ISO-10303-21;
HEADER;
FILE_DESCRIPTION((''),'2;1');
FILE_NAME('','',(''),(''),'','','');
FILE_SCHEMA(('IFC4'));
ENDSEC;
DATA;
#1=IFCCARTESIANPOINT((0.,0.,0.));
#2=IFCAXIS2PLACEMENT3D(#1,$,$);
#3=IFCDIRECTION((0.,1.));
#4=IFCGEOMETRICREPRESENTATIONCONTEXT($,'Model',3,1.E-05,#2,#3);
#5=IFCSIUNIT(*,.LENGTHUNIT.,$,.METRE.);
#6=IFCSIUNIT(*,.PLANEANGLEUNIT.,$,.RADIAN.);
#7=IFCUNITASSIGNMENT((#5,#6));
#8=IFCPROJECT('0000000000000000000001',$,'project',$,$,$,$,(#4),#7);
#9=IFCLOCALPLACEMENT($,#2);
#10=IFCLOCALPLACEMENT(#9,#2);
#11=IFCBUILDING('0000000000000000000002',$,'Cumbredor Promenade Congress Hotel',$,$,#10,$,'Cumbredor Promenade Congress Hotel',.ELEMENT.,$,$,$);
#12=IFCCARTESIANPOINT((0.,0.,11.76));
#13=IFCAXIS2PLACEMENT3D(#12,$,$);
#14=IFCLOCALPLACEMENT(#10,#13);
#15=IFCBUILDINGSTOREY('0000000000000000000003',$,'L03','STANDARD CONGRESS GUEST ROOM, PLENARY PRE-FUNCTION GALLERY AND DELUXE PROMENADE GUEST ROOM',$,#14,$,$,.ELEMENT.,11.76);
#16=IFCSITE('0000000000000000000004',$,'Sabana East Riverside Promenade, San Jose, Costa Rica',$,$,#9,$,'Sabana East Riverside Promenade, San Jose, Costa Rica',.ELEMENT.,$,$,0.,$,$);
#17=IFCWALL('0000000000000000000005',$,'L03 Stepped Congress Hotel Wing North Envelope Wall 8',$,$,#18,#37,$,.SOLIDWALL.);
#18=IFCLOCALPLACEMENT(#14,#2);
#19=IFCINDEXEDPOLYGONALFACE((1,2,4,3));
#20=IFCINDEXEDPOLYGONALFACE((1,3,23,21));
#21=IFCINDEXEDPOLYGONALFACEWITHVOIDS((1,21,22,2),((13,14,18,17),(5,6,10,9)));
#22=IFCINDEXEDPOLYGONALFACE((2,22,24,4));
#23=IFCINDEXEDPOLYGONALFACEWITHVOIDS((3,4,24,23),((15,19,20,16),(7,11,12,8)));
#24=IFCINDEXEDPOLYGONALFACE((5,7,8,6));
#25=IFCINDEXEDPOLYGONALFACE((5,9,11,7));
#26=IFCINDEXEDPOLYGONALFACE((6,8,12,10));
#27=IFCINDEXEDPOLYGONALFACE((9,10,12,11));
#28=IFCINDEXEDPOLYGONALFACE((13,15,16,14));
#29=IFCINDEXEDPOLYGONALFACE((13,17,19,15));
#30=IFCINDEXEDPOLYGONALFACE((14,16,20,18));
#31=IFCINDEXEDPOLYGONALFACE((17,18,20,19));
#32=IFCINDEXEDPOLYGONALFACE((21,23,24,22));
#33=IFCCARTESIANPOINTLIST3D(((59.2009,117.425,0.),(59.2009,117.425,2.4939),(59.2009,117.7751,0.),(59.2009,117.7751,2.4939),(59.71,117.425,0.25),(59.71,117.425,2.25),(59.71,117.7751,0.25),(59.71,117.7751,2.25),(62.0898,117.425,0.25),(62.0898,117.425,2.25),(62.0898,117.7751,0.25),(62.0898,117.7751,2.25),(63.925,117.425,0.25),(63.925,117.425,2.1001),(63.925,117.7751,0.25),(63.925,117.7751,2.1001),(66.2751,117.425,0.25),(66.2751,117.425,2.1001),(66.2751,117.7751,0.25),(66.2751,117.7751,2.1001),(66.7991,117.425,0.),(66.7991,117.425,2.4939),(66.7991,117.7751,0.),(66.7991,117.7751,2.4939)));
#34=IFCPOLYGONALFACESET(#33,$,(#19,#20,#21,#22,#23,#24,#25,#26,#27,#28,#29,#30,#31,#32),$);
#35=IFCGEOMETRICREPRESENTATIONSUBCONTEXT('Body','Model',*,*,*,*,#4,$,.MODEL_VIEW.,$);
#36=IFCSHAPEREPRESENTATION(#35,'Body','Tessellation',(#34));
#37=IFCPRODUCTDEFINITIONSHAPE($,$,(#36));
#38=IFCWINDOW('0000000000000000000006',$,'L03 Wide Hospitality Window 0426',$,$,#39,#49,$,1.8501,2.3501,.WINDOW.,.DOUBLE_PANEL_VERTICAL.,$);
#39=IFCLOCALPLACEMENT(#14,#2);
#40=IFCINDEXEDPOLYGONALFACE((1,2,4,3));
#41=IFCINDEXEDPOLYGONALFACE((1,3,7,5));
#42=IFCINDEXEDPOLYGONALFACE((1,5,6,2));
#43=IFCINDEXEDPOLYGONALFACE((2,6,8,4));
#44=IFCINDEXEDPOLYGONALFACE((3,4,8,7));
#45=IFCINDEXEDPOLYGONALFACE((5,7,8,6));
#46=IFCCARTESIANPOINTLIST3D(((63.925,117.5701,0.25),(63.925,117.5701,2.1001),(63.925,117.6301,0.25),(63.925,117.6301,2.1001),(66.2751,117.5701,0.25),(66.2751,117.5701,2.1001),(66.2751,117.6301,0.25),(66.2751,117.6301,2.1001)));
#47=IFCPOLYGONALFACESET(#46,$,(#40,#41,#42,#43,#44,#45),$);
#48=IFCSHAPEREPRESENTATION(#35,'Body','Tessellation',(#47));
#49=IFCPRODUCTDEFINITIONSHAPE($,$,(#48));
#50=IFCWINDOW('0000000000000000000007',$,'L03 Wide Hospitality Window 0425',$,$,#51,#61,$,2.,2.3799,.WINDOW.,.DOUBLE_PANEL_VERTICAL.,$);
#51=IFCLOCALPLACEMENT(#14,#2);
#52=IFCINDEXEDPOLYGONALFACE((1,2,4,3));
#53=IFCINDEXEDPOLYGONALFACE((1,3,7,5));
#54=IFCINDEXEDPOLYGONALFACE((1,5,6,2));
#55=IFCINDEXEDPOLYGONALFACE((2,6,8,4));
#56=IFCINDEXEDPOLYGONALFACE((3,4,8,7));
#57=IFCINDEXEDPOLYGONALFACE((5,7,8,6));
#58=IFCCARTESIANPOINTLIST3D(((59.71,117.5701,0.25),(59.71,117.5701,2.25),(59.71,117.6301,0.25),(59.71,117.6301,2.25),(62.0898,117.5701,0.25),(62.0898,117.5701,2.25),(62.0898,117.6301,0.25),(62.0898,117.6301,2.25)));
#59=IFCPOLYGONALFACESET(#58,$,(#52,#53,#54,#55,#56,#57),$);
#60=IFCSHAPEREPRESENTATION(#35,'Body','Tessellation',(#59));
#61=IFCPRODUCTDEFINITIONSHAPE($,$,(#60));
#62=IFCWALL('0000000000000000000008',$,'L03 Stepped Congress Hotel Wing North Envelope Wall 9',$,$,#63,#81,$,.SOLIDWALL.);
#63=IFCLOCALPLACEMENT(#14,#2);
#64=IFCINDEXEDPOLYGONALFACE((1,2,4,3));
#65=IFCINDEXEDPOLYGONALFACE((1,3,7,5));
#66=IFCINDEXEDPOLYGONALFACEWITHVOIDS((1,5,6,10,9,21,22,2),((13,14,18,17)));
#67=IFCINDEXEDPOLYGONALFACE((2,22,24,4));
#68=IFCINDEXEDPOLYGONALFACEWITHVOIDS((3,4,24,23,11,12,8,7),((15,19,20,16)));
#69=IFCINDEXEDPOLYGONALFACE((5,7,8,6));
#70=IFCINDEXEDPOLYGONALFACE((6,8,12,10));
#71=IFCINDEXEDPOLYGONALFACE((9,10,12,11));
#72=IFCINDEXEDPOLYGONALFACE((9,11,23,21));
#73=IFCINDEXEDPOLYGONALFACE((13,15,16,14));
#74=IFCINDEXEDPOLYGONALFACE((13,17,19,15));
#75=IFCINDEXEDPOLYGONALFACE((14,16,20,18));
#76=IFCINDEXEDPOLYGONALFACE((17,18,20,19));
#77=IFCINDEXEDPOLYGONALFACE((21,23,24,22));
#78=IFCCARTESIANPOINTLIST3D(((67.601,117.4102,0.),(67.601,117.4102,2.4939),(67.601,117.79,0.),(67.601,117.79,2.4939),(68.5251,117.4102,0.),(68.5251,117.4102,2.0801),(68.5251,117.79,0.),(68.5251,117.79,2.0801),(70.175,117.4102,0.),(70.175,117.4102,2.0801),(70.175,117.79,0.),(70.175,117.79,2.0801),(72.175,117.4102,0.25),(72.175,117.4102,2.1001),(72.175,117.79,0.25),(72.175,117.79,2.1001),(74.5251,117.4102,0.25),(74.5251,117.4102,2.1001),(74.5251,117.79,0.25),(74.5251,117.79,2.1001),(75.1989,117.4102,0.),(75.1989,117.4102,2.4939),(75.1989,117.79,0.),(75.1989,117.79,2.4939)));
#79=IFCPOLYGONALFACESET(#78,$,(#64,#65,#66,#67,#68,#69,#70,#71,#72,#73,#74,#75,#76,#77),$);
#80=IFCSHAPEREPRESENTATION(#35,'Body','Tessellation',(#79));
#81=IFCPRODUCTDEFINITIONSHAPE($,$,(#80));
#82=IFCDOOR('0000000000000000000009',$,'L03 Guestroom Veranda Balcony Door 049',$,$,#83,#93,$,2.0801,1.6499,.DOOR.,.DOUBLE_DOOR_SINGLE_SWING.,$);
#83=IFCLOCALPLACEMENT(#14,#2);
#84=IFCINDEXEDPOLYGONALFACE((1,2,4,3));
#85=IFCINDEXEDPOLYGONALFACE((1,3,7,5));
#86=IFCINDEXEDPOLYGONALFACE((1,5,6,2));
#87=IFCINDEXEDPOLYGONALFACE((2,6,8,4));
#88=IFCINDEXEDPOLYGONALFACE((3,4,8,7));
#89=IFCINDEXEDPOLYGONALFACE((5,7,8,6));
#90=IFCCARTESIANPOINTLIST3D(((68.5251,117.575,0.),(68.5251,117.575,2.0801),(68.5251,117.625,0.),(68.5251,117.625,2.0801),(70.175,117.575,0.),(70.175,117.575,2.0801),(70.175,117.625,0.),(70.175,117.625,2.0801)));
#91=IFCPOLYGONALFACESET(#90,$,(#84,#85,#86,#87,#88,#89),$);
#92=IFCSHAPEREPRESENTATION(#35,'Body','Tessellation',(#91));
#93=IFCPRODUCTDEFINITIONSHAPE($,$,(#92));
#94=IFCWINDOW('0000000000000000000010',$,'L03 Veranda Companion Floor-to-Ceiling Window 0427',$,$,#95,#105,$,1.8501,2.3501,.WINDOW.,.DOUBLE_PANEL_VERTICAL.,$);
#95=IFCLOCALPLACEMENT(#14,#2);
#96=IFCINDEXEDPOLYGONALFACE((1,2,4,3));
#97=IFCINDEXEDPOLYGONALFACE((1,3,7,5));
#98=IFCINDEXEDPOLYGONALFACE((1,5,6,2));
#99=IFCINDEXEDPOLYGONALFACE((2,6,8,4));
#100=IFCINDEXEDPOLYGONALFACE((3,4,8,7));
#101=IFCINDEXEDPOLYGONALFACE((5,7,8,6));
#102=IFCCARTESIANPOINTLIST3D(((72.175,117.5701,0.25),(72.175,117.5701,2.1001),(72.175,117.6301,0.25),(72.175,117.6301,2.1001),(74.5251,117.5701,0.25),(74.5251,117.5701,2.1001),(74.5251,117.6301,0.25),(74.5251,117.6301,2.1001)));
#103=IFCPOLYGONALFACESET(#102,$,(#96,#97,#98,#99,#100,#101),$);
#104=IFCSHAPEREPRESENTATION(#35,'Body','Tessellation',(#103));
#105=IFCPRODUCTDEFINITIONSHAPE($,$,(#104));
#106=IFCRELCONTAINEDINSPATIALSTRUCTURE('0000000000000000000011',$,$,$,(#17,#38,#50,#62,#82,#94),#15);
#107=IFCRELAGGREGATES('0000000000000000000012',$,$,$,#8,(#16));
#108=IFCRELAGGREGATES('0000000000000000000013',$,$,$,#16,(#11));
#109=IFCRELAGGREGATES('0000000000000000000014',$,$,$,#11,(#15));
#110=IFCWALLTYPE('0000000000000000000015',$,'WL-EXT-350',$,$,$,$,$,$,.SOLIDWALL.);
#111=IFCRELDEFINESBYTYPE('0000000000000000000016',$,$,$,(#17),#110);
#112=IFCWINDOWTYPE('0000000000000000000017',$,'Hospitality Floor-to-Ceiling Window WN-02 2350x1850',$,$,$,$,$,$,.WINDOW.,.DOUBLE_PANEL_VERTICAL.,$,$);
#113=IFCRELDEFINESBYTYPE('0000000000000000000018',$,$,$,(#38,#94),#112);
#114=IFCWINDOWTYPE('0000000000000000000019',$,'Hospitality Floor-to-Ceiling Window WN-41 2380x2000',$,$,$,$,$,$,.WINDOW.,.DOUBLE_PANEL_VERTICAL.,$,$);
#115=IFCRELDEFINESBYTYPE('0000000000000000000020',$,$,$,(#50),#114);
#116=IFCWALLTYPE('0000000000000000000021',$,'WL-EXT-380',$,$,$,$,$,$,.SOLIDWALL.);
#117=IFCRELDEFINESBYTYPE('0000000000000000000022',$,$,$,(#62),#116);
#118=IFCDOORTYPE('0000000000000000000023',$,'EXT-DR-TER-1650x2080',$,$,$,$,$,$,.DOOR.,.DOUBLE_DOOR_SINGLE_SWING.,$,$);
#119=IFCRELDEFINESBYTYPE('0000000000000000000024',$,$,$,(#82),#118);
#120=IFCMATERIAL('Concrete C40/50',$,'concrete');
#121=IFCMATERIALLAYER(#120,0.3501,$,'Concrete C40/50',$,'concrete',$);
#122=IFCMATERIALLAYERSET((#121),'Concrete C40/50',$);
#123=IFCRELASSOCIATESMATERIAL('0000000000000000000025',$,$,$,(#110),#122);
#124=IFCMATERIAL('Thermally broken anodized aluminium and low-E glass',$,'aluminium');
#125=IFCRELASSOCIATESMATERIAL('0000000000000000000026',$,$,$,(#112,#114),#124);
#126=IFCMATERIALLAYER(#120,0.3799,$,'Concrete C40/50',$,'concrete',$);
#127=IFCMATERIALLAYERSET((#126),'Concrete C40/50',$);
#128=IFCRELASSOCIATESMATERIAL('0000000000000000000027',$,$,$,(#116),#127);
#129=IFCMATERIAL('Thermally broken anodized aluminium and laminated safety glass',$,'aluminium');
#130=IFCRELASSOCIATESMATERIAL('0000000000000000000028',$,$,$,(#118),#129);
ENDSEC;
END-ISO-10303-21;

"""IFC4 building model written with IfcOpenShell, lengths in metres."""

from ifc_helpers import new_model, si_unit, direction, frame, frame_2d, origin, place, context, subcontext, project, spatial, rectangle, extrude, material, layer, layer_set, type_object, element, fill, save


model = new_model("IFC4")

# Units and contexts
model_context = context("Model", 3, precision=1e-05, world=origin(), true_north=direction((0.0, 1.0)))
body_context = subcontext(model_context, "Body", "Model", "MODEL_VIEW")
ifc_project = project(units=[si_unit("LENGTHUNIT", "METRE"), si_unit("PLANEANGLEUNIT", "RADIAN")], contexts=[model_context])

# Site, building, storey
site_placement = place(None, origin())
site = spatial("IfcSite", under=ifc_project, at=site_placement, Name="Sabana East Riverside Promenade, San Jose, Costa Rica", LongName="Sabana East Riverside Promenade, San Jose, Costa Rica", CompositionType="ELEMENT", RefElevation=0.0)
building_placement = place(site_placement, origin())
building = spatial("IfcBuilding", under=site, at=building_placement, Name="Cumbredor Promenade Congress Hotel", LongName="Cumbredor Promenade Congress Hotel", CompositionType="ELEMENT")
storey_placement = place(building_placement, frame((0.0, 0.0, 11.76)))
storey = spatial("IfcBuildingStorey", under=building, at=storey_placement, Name="L03", Description="STANDARD CONGRESS GUEST ROOM, PLENARY PRE-FUNCTION GALLERY AND DELUXE PROMENADE GUEST ROOM", CompositionType="ELEMENT", Elevation=11.76)

# Shared definitions
ifc_material_1 = material(Name="Concrete C40/50", Category="concrete")

# Shared definitions
ifc_material_2 = material(Name="Thermally broken anodized aluminium and low-E glass", Category="aluminium")

# Wall, openings, windows
ifc_layer_1 = layer(ifc_material_1, 0.3501, Name="Concrete C40/50", Category="concrete")
ifc_layer_set_1 = layer_set([ifc_layer_1], Name="Concrete C40/50")
wall_type_1 = type_object("IfcWallType", Name="WL-EXT-350", PredefinedType="SOLIDWALL", material=ifc_layer_set_1)
wall_1_placement = place(storey_placement, frame((59.2009, 117.6001, 0.0), z_axis=(0.0, 0.0, 1.0), x_axis=(1.0, 0.0, 0.0)))
wall_1 = element("IfcWall", 1, at=wall_1_placement, inside=storey, type_object=wall_type_1, Name="L03 Stepped Congress Hotel Wing North Envelope Wall 8", PredefinedType="SOLIDWALL", context=body_context, shape_type="SweptSolid", body=[
    extrude(rectangle(XDim=7.5981, YDim=0.3501, at=frame_2d((3.7991, 0.0))), origin(), (0.0, 0.0, 1.0), 2.4939),
])
opening_1_placement = place(wall_1_placement, frame((0.509, 0.0, 0.25)))
opening_1 = element("IfcOpeningElement", 2, at=opening_1_placement, cuts=wall_1, PredefinedType="OPENING", context=body_context, shape_type="SweptSolid", body=[
    extrude(rectangle(XDim=2.3799, YDim=2.0, at=frame_2d((1.1899, 1.0))), frame((0.0, 0.1851, 0.0), z_axis=(0.0, -1.0, 0.0), x_axis=(1.0, 0.0, 0.0)), (0.0, 0.0, 1.0), 0.3701),
])
opening_2_placement = place(wall_1_placement, frame((4.7241, 0.0, 0.25)))
opening_2 = element("IfcOpeningElement", 3, at=opening_2_placement, cuts=wall_1, PredefinedType="OPENING", context=body_context, shape_type="SweptSolid", body=[
    extrude(rectangle(XDim=2.3501, YDim=1.8501, at=frame_2d((1.175, 0.925))), frame((0.0, 0.1851, 0.0), z_axis=(0.0, -1.0, 0.0), x_axis=(1.0, 0.0, 0.0)), (0.0, 0.0, 1.0), 0.3701),
])
window_type_1 = type_object("IfcWindowType", Name="Hospitality Floor-to-Ceiling Window WN-02 2350x1850", PartitioningType="DOUBLE_PANEL_VERTICAL", PredefinedType="WINDOW", material=ifc_material_2)
window_1_placement = place(opening_2_placement, origin())
window_1 = element("IfcWindow", 4, at=window_1_placement, inside=storey, type_object=window_type_1, Name="L03 Wide Hospitality Window 0426", OverallHeight=1.8501, OverallWidth=2.3501, PartitioningType="DOUBLE_PANEL_VERTICAL", PredefinedType="WINDOW", context=body_context, shape_type="SweptSolid", body=[
    extrude(rectangle(XDim=2.3501, YDim=1.8501, at=frame_2d((1.175, 0.925))), frame((0.0, 0.03, 0.0), z_axis=(0.0, -1.0, 0.0), x_axis=(1.0, 0.0, 0.0)), (0.0, 0.0, 1.0), 0.0601),
])
fill(opening_2, window_1)
window_type_2 = type_object("IfcWindowType", Name="Hospitality Floor-to-Ceiling Window WN-41 2380x2000", PartitioningType="DOUBLE_PANEL_VERTICAL", PredefinedType="WINDOW", material=ifc_material_2)
window_2_placement = place(opening_1_placement, origin())
window_2 = element("IfcWindow", 5, at=window_2_placement, inside=storey, type_object=window_type_2, Name="L03 Wide Hospitality Window 0425", OverallHeight=2.0, OverallWidth=2.3799, PartitioningType="DOUBLE_PANEL_VERTICAL", PredefinedType="WINDOW", context=body_context, shape_type="SweptSolid", body=[
    extrude(rectangle(XDim=2.3799, YDim=2.0, at=frame_2d((1.1899, 1.0))), frame((0.0, 0.03, 0.0), z_axis=(0.0, -1.0, 0.0), x_axis=(1.0, 0.0, 0.0)), (0.0, 0.0, 1.0), 0.0601),
])
fill(opening_1, window_2)

# Wall, openings, door, window
ifc_layer_2 = layer(ifc_material_1, 0.3799, Name="Concrete C40/50", Category="concrete")
ifc_layer_set_2 = layer_set([ifc_layer_2], Name="Concrete C40/50")
wall_type_2 = type_object("IfcWallType", Name="WL-EXT-380", PredefinedType="SOLIDWALL", material=ifc_layer_set_2)
wall_2_placement = place(storey_placement, frame((67.6011, 117.6001, 0.0), z_axis=(0.0, 0.0, 1.0), x_axis=(1.0, 0.0, 0.0)))
wall_2 = element("IfcWall", 6, at=wall_2_placement, inside=storey, type_object=wall_type_2, Name="L03 Stepped Congress Hotel Wing North Envelope Wall 9", PredefinedType="SOLIDWALL", context=body_context, shape_type="SweptSolid", body=[
    extrude(rectangle(XDim=7.5979, YDim=0.3799, at=frame_2d((3.7988, 0.0))), origin(), (0.0, 0.0, 1.0), 2.4939),
])
opening_3_placement = place(wall_2_placement, frame((0.9241, 0.0, 0.0)))
opening_3 = element("IfcOpeningElement", 7, at=opening_3_placement, cuts=wall_2, PredefinedType="OPENING", context=body_context, shape_type="SweptSolid", body=[
    extrude(rectangle(XDim=1.6499, YDim=2.0801, at=frame_2d((0.825, 1.04))), frame((0.0, 0.2, 0.0), z_axis=(0.0, -1.0, 0.0), x_axis=(1.0, 0.0, 0.0)), (0.0, 0.0, 1.0), 0.3999),
])
opening_4_placement = place(wall_2_placement, frame((4.574, 0.0, 0.25)))
opening_4 = element("IfcOpeningElement", 8, at=opening_4_placement, cuts=wall_2, PredefinedType="OPENING", context=body_context, shape_type="SweptSolid", body=[
    extrude(rectangle(XDim=2.3501, YDim=1.8501, at=frame_2d((1.175, 0.925))), frame((0.0, 0.2, 0.0), z_axis=(0.0, -1.0, 0.0), x_axis=(1.0, 0.0, 0.0)), (0.0, 0.0, 1.0), 0.3999),
])
ifc_material_3 = material(Name="Thermally broken anodized aluminium and laminated safety glass", Category="aluminium")
door_type_1 = type_object("IfcDoorType", Name="EXT-DR-TER-1650x2080", OperationType="DOUBLE_DOOR_SINGLE_SWING", PredefinedType="DOOR", material=ifc_material_3)
door_1_placement = place(opening_3_placement, origin())
door_1 = element("IfcDoor", 9, at=door_1_placement, inside=storey, type_object=door_type_1, Name="L03 Guestroom Veranda Balcony Door 049", OperationType="DOUBLE_DOOR_SINGLE_SWING", OverallHeight=2.0801, OverallWidth=1.6499, PredefinedType="DOOR", context=body_context, shape_type="SweptSolid", body=[
    extrude(rectangle(XDim=1.6499, YDim=2.0801, at=frame_2d((0.825, 1.04))), frame((0.0, 0.0249, 0.0), z_axis=(0.0, -1.0, 0.0), x_axis=(1.0, 0.0, 0.0)), (0.0, 0.0, 1.0), 0.05),
])
fill(opening_3, door_1)
window_3_placement = place(opening_4_placement, origin())
window_3 = element("IfcWindow", 10, at=window_3_placement, inside=storey, type_object=window_type_1, Name="L03 Veranda Companion Floor-to-Ceiling Window 0427", OverallHeight=1.8501, OverallWidth=2.3501, PartitioningType="DOUBLE_PANEL_VERTICAL", PredefinedType="WINDOW", context=body_context, shape_type="SweptSolid", body=[
    extrude(rectangle(XDim=2.3501, YDim=1.8501, at=frame_2d((1.175, 0.925))), frame((0.0, 0.03, 0.0), z_axis=(0.0, -1.0, 0.0), x_axis=(1.0, 0.0, 0.0)), (0.0, 0.0, 1.0), 0.0601),
])
fill(opening_4, window_3)

save(model, "model.ifc")
